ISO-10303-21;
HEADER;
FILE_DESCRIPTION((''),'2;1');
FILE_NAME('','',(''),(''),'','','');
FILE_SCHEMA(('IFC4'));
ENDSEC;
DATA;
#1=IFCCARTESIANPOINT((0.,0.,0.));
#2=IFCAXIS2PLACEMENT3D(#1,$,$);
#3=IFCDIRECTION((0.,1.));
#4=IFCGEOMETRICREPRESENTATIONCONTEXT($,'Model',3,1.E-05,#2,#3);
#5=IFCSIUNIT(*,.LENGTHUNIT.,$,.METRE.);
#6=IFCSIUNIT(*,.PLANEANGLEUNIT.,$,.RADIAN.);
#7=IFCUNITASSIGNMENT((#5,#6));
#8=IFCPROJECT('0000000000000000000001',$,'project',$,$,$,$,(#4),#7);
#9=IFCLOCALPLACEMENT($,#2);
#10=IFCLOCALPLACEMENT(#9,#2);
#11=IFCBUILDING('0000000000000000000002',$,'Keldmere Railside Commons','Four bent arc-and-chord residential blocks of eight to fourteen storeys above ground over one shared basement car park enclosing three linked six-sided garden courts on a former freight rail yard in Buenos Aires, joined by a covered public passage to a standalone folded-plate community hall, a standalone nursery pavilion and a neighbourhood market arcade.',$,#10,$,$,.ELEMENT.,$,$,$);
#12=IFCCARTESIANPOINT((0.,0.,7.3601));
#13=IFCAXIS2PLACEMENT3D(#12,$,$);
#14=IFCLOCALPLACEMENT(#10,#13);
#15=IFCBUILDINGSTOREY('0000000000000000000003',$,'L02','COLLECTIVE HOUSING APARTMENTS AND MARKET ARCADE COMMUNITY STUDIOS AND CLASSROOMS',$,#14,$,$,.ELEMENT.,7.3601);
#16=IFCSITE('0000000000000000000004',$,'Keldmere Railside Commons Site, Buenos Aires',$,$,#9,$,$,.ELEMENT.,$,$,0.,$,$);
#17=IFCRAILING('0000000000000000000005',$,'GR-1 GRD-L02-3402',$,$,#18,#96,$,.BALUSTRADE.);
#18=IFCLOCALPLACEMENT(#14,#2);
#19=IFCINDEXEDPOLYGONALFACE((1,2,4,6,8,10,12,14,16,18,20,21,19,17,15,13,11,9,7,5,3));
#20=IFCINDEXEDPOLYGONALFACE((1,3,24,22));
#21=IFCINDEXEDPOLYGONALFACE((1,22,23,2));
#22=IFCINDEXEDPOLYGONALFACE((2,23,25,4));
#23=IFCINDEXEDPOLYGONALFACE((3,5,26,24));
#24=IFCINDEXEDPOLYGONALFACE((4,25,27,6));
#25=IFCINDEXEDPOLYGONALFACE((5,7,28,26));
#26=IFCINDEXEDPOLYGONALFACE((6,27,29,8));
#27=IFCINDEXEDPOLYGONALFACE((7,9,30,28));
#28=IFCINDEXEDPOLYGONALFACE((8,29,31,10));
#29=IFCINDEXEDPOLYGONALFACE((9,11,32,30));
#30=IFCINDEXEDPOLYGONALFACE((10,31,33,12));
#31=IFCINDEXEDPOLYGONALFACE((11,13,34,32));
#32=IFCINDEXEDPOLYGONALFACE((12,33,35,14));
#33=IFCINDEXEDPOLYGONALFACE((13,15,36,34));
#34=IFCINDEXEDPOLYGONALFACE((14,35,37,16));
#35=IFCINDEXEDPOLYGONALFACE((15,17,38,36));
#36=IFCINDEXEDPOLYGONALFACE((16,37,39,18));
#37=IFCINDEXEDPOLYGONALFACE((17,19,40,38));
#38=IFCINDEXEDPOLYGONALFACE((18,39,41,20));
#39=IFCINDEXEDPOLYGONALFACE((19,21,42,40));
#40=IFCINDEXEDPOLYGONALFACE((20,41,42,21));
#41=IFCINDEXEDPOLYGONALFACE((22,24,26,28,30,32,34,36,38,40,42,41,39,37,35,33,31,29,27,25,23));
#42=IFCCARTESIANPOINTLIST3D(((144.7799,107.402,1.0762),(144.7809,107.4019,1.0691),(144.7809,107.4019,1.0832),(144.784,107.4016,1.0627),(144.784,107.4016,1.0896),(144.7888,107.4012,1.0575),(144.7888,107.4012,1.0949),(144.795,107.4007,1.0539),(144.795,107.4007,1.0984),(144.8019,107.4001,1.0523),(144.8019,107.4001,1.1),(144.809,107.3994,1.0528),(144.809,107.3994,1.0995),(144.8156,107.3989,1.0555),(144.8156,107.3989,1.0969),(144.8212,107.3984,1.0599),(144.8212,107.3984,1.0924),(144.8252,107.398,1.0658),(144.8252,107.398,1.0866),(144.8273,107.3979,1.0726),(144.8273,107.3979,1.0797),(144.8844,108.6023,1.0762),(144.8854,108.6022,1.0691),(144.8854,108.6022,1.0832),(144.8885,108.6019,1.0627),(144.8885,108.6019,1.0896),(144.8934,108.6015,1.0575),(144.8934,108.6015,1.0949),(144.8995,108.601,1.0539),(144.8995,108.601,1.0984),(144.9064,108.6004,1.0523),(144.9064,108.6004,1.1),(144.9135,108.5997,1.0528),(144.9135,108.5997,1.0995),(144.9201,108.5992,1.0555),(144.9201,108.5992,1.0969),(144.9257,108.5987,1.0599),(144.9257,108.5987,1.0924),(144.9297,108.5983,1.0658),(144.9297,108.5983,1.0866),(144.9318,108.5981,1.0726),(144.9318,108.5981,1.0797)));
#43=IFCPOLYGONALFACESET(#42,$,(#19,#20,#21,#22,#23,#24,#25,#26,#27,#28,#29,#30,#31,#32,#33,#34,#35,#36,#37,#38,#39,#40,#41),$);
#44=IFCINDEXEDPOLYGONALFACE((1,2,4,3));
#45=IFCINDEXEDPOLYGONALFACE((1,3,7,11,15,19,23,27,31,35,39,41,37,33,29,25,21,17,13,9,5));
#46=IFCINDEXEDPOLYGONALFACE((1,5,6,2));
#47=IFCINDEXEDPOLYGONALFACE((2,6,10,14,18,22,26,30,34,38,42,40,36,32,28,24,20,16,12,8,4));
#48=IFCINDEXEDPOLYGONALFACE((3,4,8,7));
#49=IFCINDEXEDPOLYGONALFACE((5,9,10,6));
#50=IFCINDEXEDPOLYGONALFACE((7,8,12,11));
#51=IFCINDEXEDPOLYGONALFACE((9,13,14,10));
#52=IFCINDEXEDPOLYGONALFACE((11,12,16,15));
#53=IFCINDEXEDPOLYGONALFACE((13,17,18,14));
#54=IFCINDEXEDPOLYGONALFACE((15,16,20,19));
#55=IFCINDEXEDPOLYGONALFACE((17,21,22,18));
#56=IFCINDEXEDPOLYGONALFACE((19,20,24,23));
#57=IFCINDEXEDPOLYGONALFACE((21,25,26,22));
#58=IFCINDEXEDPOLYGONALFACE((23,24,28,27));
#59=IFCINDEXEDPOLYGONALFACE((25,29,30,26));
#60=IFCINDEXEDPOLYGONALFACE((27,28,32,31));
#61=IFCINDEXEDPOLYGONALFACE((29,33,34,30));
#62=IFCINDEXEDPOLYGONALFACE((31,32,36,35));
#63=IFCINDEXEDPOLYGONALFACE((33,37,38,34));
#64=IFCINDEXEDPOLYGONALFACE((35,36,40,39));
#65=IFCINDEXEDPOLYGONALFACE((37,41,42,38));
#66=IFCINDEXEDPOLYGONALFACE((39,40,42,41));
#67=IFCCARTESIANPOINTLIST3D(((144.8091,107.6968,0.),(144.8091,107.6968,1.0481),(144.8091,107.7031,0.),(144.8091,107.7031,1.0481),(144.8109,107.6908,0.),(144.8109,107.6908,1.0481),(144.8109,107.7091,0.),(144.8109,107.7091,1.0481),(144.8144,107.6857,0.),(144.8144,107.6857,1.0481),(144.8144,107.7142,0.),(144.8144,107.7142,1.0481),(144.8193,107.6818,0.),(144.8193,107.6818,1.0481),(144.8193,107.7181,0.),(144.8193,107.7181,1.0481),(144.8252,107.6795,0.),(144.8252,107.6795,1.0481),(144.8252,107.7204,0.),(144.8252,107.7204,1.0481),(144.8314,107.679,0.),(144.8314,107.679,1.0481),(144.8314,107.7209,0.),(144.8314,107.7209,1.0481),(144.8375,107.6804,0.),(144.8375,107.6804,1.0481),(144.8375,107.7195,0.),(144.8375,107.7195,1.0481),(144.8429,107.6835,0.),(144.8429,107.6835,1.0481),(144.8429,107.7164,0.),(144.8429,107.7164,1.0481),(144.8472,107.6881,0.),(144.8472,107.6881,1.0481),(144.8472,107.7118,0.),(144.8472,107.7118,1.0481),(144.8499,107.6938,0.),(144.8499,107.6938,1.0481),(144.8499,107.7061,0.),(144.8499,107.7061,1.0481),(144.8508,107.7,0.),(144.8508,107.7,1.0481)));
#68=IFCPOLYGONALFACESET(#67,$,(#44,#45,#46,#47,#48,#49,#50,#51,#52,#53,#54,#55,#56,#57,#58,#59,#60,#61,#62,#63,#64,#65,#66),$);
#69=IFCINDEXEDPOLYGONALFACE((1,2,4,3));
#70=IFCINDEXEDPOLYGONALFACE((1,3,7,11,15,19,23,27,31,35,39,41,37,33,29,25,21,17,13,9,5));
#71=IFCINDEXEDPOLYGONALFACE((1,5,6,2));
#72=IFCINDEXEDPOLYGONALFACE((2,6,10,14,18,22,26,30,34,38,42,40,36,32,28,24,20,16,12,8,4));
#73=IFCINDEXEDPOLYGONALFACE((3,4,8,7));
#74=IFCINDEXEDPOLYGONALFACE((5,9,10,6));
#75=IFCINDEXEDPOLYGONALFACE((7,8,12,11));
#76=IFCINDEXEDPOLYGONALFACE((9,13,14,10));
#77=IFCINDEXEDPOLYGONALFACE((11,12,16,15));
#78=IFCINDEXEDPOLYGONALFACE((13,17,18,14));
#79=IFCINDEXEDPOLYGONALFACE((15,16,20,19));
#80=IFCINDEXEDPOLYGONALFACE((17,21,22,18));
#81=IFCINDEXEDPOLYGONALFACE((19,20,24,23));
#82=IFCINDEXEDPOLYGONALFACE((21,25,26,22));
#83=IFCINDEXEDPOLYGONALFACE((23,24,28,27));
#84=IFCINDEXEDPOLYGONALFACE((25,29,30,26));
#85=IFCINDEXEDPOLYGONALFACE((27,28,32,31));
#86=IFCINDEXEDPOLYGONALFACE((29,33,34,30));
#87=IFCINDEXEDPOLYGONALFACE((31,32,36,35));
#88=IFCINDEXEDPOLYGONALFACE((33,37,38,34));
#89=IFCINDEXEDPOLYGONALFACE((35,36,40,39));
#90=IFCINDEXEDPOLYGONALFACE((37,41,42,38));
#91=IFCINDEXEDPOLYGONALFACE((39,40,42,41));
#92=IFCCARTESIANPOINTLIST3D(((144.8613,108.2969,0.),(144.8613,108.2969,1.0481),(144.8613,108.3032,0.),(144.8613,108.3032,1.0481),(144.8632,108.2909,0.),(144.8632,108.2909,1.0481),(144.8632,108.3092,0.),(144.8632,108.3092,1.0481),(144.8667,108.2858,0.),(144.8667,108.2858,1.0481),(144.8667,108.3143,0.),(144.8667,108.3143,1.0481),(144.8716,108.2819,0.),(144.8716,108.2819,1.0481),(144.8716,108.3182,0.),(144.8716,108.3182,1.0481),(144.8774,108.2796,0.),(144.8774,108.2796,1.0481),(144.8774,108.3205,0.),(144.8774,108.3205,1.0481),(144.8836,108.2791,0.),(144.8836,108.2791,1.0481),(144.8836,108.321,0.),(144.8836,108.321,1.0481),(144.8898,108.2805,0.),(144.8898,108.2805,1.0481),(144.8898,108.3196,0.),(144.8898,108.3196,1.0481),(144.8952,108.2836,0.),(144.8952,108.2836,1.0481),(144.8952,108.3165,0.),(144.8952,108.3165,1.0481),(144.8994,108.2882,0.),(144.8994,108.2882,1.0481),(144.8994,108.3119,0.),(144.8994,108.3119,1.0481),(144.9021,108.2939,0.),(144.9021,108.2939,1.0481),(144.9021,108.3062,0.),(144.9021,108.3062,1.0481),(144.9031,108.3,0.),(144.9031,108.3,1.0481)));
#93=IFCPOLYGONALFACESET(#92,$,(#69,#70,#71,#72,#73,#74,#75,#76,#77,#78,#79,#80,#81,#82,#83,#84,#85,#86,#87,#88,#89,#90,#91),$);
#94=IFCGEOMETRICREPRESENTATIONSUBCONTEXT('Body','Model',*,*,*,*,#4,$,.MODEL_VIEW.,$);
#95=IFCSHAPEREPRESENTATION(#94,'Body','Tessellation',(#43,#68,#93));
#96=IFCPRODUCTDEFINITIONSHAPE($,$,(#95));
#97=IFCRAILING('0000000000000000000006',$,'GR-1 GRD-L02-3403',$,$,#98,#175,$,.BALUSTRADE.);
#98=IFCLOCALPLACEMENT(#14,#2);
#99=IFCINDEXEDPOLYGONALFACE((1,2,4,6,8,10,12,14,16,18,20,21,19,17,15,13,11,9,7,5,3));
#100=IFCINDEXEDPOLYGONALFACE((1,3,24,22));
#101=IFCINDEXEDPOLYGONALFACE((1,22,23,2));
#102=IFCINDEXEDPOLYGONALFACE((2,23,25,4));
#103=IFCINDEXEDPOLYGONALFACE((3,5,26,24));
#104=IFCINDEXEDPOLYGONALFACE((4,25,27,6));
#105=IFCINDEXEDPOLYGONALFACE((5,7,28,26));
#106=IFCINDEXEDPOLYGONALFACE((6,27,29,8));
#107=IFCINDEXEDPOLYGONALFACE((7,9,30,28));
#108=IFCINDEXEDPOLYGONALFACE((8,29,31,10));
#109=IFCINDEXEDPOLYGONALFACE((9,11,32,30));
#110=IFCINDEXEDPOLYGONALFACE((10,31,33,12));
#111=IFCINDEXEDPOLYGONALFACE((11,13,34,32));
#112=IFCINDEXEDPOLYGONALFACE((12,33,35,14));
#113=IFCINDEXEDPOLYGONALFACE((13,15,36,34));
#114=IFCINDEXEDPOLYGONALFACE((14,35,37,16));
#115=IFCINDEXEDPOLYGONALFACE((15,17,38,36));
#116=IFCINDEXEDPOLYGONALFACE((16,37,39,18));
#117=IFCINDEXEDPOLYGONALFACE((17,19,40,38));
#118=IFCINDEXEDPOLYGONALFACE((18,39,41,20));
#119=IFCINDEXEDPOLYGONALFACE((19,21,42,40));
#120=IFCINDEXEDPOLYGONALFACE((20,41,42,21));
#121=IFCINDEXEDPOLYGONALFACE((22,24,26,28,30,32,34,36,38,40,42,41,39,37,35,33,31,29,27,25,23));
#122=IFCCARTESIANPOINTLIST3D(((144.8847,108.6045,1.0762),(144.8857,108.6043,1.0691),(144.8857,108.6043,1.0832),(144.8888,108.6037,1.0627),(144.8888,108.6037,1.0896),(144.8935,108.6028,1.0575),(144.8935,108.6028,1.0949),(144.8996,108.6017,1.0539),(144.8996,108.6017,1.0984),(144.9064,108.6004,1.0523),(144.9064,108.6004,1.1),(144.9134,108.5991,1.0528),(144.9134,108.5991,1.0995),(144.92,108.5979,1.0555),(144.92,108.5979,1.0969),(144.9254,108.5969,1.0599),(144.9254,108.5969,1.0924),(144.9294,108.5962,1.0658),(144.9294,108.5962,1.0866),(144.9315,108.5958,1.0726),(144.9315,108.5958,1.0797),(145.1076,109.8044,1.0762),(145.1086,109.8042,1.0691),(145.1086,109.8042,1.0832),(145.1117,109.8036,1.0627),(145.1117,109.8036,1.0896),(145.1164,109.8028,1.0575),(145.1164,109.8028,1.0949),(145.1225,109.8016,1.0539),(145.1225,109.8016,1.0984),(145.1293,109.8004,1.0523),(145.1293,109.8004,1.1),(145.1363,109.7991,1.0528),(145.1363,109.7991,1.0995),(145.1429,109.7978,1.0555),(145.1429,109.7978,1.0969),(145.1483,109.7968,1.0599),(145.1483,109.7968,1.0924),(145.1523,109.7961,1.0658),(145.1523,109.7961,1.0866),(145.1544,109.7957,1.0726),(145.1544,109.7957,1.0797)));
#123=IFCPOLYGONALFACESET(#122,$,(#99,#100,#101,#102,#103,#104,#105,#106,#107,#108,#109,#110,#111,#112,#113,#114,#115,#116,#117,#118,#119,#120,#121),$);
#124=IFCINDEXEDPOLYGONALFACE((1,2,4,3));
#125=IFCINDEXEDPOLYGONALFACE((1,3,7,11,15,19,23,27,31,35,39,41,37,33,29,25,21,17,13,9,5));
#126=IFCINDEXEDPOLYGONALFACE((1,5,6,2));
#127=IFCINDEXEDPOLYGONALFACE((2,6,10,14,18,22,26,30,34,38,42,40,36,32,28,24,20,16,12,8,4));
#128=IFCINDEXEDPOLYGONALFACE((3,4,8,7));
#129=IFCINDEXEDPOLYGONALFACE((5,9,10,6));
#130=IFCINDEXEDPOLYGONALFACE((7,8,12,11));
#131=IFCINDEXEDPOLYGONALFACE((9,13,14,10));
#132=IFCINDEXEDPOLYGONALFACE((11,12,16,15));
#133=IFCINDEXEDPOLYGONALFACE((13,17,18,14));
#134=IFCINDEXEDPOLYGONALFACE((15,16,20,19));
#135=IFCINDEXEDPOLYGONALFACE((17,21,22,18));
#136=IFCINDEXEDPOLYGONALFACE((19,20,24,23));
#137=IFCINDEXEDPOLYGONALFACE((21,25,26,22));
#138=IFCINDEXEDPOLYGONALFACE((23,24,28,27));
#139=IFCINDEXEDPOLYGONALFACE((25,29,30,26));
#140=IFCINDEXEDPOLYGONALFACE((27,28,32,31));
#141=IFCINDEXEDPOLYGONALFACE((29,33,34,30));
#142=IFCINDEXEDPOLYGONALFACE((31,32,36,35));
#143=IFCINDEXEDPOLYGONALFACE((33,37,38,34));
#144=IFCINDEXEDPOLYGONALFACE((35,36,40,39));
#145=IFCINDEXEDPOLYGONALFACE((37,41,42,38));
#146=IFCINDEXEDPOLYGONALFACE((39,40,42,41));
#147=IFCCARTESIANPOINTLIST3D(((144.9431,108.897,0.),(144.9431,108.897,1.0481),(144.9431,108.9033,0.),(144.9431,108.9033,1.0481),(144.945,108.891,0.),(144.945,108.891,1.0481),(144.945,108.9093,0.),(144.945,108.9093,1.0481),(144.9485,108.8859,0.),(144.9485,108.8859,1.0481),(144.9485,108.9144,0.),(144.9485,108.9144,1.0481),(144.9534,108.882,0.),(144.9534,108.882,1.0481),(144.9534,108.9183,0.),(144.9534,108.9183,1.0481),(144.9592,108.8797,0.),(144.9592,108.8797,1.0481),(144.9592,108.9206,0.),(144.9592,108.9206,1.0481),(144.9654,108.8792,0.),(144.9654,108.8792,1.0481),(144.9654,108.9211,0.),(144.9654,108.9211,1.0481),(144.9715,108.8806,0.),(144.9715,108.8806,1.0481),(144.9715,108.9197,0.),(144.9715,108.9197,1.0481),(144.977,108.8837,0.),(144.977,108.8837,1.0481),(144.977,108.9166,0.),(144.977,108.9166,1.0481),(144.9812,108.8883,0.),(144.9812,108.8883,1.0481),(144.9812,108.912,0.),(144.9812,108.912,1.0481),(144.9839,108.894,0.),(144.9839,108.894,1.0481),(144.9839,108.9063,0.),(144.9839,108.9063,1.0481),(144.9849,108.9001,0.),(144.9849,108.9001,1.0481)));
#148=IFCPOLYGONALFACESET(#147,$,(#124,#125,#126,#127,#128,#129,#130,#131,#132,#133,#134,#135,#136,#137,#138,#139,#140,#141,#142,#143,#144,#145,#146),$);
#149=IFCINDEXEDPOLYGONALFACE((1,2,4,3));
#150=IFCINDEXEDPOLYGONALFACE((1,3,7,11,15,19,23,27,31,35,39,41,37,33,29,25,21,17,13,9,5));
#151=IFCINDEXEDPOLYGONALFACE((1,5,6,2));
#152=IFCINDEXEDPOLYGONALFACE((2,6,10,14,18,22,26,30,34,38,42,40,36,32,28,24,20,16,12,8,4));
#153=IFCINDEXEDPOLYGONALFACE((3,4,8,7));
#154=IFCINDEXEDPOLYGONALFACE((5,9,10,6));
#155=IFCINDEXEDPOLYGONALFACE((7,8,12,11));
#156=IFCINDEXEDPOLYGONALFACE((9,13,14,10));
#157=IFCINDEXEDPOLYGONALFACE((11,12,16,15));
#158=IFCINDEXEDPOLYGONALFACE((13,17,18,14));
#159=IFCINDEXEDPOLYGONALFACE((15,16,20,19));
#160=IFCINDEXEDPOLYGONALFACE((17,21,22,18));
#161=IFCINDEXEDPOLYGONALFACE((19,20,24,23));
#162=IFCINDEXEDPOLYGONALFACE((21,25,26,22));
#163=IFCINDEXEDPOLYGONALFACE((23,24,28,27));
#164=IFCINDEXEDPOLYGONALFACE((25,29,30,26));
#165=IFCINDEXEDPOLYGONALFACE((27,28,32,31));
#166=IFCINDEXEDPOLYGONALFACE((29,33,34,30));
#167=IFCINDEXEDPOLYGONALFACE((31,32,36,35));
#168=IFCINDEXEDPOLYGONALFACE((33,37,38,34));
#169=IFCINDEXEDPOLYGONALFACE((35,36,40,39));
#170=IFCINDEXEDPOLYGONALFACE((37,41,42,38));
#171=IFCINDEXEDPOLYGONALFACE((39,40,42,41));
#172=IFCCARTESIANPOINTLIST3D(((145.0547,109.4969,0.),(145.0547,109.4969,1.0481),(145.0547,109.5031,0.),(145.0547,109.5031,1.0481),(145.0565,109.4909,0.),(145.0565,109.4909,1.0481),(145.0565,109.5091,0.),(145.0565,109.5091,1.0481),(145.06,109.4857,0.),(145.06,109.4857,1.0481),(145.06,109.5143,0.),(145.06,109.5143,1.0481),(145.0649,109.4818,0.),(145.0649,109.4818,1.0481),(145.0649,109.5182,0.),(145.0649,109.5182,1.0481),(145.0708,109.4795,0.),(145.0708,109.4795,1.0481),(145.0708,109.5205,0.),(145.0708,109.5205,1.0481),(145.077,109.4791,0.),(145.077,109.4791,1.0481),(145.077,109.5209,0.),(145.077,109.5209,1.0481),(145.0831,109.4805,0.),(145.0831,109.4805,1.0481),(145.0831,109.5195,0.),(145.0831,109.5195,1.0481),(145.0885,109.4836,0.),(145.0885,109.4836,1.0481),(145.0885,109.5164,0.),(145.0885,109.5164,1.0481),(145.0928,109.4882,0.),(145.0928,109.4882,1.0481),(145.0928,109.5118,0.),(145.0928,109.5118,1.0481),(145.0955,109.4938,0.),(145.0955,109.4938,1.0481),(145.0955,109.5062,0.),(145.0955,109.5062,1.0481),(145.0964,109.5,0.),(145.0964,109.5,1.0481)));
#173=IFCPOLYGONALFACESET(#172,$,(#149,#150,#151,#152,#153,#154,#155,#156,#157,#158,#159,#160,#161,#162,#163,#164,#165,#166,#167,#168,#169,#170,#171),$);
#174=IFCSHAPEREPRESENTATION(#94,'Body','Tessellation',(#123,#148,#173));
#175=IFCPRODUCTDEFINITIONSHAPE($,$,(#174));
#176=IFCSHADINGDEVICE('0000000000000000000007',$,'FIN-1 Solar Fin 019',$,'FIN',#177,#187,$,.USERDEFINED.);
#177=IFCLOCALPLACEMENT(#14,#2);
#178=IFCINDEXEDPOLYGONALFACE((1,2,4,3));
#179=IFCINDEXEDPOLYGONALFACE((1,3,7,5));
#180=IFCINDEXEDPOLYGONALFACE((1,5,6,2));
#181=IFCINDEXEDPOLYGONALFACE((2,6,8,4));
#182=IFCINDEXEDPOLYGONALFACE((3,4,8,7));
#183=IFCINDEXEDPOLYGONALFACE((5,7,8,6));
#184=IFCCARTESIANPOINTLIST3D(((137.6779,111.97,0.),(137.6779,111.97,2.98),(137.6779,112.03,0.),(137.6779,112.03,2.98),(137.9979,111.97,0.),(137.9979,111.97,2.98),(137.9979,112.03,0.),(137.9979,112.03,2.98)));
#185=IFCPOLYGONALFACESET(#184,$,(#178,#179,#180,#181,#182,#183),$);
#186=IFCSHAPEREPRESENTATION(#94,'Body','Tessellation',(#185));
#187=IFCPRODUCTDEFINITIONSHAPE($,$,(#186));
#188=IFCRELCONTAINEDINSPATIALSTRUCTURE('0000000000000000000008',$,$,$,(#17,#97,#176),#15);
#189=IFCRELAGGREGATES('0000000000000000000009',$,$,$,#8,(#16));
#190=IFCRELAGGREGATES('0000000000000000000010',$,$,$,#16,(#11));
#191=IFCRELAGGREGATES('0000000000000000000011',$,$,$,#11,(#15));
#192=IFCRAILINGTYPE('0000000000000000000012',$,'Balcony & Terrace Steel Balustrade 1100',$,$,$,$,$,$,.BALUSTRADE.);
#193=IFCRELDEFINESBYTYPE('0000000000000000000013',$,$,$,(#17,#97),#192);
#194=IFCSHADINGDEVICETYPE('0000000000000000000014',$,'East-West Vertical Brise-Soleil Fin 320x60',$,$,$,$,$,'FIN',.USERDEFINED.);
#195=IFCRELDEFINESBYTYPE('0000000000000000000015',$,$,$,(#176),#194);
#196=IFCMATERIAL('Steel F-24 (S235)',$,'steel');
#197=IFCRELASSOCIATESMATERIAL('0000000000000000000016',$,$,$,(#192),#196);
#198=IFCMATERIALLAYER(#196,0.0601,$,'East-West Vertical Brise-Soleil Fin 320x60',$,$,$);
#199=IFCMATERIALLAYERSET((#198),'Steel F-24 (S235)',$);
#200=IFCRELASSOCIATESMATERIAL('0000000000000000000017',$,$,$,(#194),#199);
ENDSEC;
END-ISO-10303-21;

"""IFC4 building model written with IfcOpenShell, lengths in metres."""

from ifc_helpers import new_model, si_unit, direction, frame, origin, origin_2d, place, context, subcontext, project, spatial, rectangle, circle, extrude, material, layer, layer_set, type_object, element, save


model = new_model("IFC4")

# Units and contexts
model_context = context("Model", 3, precision=1e-05, world=origin(), true_north=direction((0.0, 1.0)))
body_context = subcontext(model_context, "Body", "Model", "MODEL_VIEW")
ifc_project = project(units=[si_unit("LENGTHUNIT", "METRE"), si_unit("PLANEANGLEUNIT", "RADIAN")], contexts=[model_context])

# Site, building, storey
site_placement = place(None, origin())
site = spatial("IfcSite", under=ifc_project, at=site_placement, Name="Keldmere Railside Commons Site, Buenos Aires", CompositionType="ELEMENT", RefElevation=0.0)
building_placement = place(site_placement, origin())
building = spatial("IfcBuilding", under=site, at=building_placement, Name="Keldmere Railside Commons", Description="Four bent arc-and-chord residential blocks of eight to fourteen storeys above ground over one shared basement car park enclosing three linked six-sided garden courts on a former freight rail yard in Buenos Aires, joined by a covered public passage to a standalone folded-plate community hall, a standalone nursery pavilion and a neighbourhood market arcade.", CompositionType="ELEMENT")
storey_placement = place(building_placement, frame((0.0, 0.0, 7.3601)))
storey = spatial("IfcBuildingStorey", under=building, at=storey_placement, Name="L02", Description="COLLECTIVE HOUSING APARTMENTS AND MARKET ARCADE COMMUNITY STUDIOS AND CLASSROOMS", CompositionType="ELEMENT", Elevation=7.3601)

# Railings
ifc_material_1 = material(Name="Steel F-24 (S235)", Category="steel")
railing_type = type_object("IfcRailingType", Name="Balcony & Terrace Steel Balustrade 1100", PredefinedType="BALUSTRADE", material=ifc_material_1)
railing_1_placement = place(storey_placement, frame((144.8037, 107.3999, 0.0)))
element("IfcRailing", 1, at=railing_1_placement, inside=storey, type_object=railing_type, Name="GR-1 GRD-L02-3402", PredefinedType="BALUSTRADE", context=body_context, shape_type="SweptSolid", body=[
    extrude(circle(Radius=0.0239, at=origin_2d()), frame((0.0, 0.0, 1.0762), z_axis=(0.086735, 0.996231, 0.0), x_axis=(-0.996231, 0.086735, 0.0)), (0.0, 0.0, 1.0), 1.2048),
    extrude(circle(Radius=0.021, at=origin_2d()), frame((0.0261, 0.3, 0.0)), (0.0, 0.0, 1.0), 1.0481),
    extrude(circle(Radius=0.021, at=origin_2d()), frame((0.0784, 0.9001, 0.0)), (0.0, 0.0, 1.0), 1.0481),
])
railing_2_placement = place(storey_placement, frame((144.9082, 108.6001, 0.0)))
element("IfcRailing", 2, at=railing_2_placement, inside=storey, type_object=railing_type, Name="GR-1 GRD-L02-3403", PredefinedType="BALUSTRADE", context=body_context, shape_type="SweptSolid", body=[
    extrude(circle(Radius=0.0239, at=origin_2d()), frame((0.0, 0.0, 1.0762), z_axis=(0.182634, 0.983181, 0.0), x_axis=(-0.983181, 0.182634, 0.0)), (0.0, 0.0, 1.0), 1.2205),
    extrude(circle(Radius=0.021, at=origin_2d()), frame((0.0557, 0.3, 0.0)), (0.0, 0.0, 1.0), 1.0481),
    extrude(circle(Radius=0.021, at=origin_2d()), frame((0.1672, 0.8999, 0.0)), (0.0, 0.0, 1.0), 1.0481),
])

# Shading device
ifc_layer_1 = layer(ifc_material_1, 0.0601, Name="East-West Vertical Brise-Soleil Fin 320x60")
ifc_layer_set_1 = layer_set([ifc_layer_1], Name="Steel F-24 (S235)")
shading_device_type = type_object("IfcShadingDeviceType", Name="East-West Vertical Brise-Soleil Fin 320x60", ElementType="FIN", PredefinedType="USERDEFINED", material=ifc_layer_set_1)
shading_device_placement = place(storey_placement, frame((137.8379, 112.0, 0.0), z_axis=(0.0, 0.0, 1.0), x_axis=(1.0, 0.0, 0.0)))
element("IfcShadingDevice", 3, at=shading_device_placement, inside=storey, type_object=shading_device_type, Name="FIN-1 Solar Fin 019", ObjectType="FIN", PredefinedType="USERDEFINED", context=body_context, shape_type="SweptSolid", body=[
    extrude(rectangle(XDim=0.3201, YDim=0.0601, at=origin_2d()), origin(), (0.0, 0.0, 1.0), 2.98),
])

save(model, "model.ifc")
